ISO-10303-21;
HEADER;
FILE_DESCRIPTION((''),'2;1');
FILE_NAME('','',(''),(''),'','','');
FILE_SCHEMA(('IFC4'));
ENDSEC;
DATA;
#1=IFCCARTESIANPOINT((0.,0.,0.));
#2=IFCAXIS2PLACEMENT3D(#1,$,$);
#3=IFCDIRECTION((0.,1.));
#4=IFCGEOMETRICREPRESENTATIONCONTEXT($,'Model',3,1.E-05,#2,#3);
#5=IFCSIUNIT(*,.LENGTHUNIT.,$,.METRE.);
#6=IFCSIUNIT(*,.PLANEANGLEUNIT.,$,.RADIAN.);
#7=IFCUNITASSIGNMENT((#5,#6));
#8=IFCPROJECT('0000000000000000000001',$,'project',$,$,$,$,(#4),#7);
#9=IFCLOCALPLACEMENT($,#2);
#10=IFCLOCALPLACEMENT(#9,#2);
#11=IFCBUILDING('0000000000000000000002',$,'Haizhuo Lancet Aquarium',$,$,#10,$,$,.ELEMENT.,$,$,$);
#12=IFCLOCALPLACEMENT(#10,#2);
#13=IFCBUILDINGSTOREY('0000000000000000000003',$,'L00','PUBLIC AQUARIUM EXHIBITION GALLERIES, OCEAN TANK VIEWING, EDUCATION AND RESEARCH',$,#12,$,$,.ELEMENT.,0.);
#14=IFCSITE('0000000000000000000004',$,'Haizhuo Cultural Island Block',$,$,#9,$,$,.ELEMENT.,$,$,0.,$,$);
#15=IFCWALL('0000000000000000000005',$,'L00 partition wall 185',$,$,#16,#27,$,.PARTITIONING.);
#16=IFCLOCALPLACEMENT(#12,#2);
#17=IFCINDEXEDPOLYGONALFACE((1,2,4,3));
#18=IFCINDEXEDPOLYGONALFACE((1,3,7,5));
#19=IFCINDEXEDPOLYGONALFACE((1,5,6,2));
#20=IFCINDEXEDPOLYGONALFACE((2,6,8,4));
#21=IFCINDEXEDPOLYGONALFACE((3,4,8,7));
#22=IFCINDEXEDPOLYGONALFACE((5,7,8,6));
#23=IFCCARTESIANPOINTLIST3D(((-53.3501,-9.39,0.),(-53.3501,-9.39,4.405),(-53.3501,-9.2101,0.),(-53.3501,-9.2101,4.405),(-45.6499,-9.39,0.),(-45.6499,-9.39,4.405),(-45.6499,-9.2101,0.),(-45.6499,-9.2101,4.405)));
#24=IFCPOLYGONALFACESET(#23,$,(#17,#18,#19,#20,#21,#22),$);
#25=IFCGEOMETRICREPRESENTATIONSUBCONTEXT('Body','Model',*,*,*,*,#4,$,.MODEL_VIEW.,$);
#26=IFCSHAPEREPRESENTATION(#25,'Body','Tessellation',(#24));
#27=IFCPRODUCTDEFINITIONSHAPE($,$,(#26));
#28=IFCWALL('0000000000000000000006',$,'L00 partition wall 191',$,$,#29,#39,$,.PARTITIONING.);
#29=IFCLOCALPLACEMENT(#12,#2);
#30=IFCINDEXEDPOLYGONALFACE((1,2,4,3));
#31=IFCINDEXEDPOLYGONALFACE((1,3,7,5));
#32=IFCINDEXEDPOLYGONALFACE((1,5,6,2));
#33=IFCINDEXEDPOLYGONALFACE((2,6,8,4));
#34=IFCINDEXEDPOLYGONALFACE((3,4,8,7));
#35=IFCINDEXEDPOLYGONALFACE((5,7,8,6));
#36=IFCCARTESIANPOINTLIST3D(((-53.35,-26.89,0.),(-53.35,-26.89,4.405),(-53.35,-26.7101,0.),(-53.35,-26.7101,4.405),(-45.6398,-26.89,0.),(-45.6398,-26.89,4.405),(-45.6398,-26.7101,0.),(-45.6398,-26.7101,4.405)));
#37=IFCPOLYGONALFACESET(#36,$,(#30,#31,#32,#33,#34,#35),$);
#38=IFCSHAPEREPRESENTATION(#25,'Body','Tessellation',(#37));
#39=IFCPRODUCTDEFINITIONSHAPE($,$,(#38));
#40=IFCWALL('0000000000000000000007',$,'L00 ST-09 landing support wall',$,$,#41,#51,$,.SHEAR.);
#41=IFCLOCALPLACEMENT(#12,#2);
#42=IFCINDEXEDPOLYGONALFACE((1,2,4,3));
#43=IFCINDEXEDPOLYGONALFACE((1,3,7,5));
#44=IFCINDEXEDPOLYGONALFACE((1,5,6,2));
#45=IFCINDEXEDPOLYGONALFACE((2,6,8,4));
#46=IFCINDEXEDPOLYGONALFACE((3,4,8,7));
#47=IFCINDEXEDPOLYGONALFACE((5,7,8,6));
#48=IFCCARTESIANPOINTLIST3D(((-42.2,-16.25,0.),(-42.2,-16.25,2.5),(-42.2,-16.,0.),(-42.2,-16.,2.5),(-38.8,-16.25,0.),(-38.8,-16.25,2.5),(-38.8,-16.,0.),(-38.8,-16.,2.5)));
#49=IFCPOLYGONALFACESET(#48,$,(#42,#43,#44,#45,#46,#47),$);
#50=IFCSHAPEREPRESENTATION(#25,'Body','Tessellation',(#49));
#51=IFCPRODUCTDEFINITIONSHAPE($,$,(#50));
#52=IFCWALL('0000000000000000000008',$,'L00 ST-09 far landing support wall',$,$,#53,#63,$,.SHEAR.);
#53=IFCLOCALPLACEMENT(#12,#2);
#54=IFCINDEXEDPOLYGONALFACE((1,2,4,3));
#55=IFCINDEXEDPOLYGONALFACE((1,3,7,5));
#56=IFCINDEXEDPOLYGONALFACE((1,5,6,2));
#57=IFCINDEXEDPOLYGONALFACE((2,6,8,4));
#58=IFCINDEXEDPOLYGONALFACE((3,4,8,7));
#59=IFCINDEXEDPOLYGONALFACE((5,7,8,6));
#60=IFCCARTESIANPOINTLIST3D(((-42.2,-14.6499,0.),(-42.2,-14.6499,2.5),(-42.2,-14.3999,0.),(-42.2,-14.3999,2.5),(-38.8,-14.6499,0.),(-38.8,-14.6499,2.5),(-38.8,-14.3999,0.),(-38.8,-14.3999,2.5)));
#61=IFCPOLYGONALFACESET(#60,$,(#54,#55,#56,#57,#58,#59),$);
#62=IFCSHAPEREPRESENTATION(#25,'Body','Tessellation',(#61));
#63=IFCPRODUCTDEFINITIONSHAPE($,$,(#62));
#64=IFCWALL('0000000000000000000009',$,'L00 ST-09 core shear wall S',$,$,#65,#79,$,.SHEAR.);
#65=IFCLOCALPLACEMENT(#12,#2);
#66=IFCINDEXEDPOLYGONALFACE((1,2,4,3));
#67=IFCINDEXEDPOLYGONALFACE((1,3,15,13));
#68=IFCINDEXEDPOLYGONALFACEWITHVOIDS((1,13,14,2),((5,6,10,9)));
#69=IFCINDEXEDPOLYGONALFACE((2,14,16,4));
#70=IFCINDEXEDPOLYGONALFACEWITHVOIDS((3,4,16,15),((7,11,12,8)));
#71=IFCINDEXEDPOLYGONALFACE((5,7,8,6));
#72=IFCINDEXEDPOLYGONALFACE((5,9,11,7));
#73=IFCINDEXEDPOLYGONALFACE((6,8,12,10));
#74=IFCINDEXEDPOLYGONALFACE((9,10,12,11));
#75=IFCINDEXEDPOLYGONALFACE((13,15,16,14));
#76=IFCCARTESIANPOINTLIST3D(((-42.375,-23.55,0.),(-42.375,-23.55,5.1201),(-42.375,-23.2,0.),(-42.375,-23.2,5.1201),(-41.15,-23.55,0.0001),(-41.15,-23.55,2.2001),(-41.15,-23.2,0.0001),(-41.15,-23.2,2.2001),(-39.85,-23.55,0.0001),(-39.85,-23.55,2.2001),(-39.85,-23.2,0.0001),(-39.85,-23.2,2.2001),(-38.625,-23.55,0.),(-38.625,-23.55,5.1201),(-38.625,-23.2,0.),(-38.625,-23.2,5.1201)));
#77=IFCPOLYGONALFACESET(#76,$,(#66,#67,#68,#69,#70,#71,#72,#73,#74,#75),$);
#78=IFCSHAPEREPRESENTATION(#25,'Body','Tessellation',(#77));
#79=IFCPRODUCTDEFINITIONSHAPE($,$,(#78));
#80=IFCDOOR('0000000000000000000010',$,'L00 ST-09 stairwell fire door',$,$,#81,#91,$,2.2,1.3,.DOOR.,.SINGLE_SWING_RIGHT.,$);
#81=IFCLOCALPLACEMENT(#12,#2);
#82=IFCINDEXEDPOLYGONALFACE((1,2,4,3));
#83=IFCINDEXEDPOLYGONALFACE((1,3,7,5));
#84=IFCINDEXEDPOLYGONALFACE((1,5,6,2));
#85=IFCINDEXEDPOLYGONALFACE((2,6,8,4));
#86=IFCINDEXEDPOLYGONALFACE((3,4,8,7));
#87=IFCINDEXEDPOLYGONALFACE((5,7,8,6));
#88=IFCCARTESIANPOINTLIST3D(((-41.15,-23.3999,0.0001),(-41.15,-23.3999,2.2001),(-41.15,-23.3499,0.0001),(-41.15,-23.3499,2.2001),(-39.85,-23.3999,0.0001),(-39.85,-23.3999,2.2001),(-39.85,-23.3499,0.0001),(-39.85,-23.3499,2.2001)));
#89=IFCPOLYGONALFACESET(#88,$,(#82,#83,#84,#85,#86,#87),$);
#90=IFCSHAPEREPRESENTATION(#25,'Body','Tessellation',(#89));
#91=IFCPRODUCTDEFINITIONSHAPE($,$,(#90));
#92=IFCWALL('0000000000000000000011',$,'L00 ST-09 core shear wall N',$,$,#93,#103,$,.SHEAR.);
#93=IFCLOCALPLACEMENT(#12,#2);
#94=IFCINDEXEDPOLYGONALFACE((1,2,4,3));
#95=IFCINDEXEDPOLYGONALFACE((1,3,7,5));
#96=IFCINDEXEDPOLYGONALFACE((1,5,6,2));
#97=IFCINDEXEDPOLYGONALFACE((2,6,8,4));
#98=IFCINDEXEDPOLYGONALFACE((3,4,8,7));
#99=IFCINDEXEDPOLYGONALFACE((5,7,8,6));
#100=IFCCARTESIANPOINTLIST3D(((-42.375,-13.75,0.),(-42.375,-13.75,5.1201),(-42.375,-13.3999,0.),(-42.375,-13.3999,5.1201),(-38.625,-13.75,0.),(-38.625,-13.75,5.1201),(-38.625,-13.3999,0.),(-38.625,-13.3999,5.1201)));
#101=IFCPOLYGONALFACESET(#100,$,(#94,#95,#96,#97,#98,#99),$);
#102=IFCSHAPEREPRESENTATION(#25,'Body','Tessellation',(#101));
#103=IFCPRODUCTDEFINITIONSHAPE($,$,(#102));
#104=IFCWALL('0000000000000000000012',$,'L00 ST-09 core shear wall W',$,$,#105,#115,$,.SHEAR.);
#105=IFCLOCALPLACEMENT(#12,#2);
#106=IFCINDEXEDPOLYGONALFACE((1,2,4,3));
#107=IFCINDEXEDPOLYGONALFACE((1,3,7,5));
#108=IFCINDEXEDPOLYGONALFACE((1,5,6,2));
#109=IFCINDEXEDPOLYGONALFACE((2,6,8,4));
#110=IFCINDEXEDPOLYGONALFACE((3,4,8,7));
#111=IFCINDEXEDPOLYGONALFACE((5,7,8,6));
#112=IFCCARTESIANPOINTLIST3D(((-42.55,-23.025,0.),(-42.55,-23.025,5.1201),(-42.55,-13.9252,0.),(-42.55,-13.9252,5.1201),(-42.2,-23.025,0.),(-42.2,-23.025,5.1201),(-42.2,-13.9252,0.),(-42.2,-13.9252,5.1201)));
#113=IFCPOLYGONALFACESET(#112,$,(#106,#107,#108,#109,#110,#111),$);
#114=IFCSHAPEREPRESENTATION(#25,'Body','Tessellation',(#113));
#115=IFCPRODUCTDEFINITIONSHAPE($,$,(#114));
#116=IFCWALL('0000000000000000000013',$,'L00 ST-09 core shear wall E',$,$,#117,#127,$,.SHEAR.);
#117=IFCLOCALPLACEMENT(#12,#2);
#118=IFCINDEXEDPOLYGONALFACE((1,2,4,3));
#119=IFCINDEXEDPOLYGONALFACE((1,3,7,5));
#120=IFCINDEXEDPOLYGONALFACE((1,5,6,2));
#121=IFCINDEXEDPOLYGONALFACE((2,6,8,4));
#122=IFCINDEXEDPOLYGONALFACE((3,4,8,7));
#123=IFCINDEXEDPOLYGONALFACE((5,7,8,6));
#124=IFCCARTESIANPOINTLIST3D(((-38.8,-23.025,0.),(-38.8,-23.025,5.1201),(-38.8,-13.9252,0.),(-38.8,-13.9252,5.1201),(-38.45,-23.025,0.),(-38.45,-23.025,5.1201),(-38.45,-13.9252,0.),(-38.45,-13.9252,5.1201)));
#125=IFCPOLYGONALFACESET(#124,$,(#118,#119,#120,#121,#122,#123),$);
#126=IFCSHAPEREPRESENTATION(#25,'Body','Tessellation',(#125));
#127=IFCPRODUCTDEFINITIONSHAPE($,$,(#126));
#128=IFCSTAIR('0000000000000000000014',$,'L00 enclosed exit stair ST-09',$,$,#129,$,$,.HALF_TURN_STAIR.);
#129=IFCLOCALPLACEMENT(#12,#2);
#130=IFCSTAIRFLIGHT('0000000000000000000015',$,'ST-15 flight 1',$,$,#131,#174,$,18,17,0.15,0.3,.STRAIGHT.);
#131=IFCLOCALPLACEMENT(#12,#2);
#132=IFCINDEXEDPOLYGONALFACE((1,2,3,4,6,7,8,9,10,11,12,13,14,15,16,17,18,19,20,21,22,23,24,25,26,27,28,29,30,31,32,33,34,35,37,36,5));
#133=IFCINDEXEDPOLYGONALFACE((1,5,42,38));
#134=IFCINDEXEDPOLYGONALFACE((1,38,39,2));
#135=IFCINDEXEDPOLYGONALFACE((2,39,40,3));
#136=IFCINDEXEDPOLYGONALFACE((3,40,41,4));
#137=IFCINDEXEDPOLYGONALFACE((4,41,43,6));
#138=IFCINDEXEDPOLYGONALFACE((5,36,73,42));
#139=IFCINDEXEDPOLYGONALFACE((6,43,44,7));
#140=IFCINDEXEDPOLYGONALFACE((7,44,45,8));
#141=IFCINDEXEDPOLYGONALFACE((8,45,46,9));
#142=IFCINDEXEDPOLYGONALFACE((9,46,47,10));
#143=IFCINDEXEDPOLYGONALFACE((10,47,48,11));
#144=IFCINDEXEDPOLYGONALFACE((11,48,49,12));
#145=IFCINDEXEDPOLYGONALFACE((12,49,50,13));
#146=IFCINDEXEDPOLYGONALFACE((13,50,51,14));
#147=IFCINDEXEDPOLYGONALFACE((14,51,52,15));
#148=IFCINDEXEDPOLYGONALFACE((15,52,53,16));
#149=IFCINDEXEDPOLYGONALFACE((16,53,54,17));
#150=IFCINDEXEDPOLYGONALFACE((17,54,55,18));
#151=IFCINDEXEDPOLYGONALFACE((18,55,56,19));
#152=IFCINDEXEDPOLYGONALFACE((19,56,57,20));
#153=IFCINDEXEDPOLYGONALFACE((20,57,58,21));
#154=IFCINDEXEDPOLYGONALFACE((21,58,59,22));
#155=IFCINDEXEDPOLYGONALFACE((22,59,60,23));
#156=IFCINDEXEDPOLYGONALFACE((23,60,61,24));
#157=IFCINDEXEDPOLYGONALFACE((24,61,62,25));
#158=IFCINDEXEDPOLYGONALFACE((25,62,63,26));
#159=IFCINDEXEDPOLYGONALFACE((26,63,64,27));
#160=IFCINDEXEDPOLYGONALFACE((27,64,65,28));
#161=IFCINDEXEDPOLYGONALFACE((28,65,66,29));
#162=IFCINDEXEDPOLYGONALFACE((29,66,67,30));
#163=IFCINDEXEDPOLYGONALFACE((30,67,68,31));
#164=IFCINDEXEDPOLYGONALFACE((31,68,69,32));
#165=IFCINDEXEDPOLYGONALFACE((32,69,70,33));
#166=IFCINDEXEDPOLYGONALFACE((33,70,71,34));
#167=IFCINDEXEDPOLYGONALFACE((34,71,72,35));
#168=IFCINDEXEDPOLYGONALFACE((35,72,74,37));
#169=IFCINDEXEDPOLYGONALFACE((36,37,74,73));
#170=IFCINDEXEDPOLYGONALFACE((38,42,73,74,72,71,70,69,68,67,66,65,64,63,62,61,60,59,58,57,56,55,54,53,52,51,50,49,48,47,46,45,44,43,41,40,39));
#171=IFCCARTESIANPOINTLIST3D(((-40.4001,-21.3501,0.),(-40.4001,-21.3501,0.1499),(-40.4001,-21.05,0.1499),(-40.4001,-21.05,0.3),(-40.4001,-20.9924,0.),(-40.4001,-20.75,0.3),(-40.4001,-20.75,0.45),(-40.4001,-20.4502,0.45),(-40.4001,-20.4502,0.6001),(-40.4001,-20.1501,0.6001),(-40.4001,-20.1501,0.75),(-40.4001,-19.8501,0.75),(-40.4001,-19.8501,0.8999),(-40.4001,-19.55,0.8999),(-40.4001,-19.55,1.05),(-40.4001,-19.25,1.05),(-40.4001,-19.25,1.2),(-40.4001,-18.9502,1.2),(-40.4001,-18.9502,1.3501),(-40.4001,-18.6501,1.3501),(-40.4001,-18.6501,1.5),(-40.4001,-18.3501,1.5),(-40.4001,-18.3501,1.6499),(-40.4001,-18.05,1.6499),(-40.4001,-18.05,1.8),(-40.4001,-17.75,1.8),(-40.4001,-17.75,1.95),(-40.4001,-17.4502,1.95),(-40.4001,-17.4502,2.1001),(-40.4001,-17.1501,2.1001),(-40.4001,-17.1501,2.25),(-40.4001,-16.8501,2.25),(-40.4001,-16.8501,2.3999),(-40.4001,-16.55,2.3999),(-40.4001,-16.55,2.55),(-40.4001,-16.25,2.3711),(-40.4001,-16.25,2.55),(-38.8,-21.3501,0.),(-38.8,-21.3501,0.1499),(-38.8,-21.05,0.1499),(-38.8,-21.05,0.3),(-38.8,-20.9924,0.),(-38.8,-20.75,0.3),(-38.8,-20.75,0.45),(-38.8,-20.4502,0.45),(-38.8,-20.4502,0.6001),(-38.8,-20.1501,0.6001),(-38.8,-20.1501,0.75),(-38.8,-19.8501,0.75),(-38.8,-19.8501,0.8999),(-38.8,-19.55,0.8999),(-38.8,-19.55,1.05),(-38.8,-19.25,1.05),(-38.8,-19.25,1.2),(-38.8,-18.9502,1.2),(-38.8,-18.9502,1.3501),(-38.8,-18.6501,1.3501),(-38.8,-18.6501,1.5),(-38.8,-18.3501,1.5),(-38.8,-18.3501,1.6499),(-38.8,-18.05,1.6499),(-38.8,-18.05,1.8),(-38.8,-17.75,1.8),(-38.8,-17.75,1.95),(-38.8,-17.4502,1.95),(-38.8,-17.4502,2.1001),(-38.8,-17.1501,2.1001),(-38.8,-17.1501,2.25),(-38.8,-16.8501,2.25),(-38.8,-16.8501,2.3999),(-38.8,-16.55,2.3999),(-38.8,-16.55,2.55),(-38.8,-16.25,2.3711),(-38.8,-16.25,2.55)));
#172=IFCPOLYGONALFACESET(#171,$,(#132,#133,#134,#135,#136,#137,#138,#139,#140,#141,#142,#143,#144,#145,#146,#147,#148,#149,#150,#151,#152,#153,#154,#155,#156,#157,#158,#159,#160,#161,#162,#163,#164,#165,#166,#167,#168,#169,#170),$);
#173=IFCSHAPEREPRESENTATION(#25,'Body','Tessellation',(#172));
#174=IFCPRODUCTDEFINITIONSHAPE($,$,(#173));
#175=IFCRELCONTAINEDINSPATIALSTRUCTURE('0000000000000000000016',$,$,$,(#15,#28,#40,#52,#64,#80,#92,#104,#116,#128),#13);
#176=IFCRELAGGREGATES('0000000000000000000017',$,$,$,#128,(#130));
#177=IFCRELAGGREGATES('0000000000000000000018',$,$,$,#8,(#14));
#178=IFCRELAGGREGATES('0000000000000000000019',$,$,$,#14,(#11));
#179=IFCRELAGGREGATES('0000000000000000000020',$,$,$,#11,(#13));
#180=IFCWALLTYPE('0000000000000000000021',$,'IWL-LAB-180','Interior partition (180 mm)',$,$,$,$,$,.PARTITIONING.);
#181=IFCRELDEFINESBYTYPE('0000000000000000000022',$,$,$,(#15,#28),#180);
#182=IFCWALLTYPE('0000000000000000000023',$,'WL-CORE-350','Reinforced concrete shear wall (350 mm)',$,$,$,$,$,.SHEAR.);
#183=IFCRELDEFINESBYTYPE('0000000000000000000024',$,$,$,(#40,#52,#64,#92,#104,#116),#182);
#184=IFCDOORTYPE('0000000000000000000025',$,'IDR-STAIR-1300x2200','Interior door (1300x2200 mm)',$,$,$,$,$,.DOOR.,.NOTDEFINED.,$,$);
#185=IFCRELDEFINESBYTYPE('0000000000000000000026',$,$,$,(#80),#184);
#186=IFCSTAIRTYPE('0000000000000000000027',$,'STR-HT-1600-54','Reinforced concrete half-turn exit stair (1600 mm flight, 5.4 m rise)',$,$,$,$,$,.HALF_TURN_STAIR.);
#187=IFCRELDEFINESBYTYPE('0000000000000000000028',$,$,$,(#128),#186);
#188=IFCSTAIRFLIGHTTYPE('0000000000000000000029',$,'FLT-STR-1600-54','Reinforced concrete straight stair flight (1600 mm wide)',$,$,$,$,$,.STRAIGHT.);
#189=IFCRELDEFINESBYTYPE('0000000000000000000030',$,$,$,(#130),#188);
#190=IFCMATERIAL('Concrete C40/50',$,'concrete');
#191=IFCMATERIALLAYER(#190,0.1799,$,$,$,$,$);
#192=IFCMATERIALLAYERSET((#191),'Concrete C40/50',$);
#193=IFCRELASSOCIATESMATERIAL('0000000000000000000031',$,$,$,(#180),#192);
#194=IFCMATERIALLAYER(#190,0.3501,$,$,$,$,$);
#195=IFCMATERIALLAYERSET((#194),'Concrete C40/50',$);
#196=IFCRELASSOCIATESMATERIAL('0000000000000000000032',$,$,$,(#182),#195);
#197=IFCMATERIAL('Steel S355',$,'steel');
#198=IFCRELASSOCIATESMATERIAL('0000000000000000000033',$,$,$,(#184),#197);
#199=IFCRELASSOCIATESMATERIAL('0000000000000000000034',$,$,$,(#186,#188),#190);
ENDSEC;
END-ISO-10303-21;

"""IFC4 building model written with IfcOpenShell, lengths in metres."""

from ifc_helpers import new_model, si_unit, direction, frame, frame_2d, origin, place, context, subcontext, project, spatial, polyline, rectangle, outline, extrude, material, layer, layer_set, type_object, element, fill, aggregate, save


model = new_model("IFC4")

# Units and contexts
model_context = context("Model", 3, precision=1e-05, world=origin(), true_north=direction((0.0, 1.0)))
body_context = subcontext(model_context, "Body", "Model", "MODEL_VIEW")
ifc_project = project(units=[si_unit("LENGTHUNIT", "METRE"), si_unit("PLANEANGLEUNIT", "RADIAN")], contexts=[model_context])

# Site, building, storey
site_placement = place(None, origin())
site = spatial("IfcSite", under=ifc_project, at=site_placement, Name="Haizhuo Cultural Island Block", CompositionType="ELEMENT", RefElevation=0.0)
building_placement = place(site_placement, origin())
building = spatial("IfcBuilding", under=site, at=building_placement, Name="Haizhuo Lancet Aquarium", CompositionType="ELEMENT")
storey_placement = place(building_placement, origin())
storey = spatial("IfcBuildingStorey", under=building, at=storey_placement, Name="L00", Description="PUBLIC AQUARIUM EXHIBITION GALLERIES, OCEAN TANK VIEWING, EDUCATION AND RESEARCH", CompositionType="ELEMENT", Elevation=0.0)

# Shared definitions
ifc_material_1 = material(Name="Steel S355", Category="steel")

# Walls
ifc_material_2 = material(Name="Concrete C40/50", Category="concrete")
ifc_layer_1 = layer(ifc_material_2, 0.1799)
ifc_layer_set_1 = layer_set([ifc_layer_1], Name="Concrete C40/50")
wall_type_1 = type_object("IfcWallType", Name="IWL-LAB-180", Description="Interior partition (180 mm)", PredefinedType="PARTITIONING", material=ifc_layer_set_1)
wall_1_placement = place(storey_placement, frame((-45.6499, -9.3, 0.0), z_axis=(0.0, 0.0, 1.0), x_axis=(-1.0, 0.0, 0.0)))
element("IfcWall", 1, at=wall_1_placement, inside=storey, type_object=wall_type_1, Name="L00 partition wall 185", PredefinedType="PARTITIONING", context=body_context, shape_type="SweptSolid", body=[
    extrude(rectangle(XDim=7.7002, YDim=0.1799, at=frame_2d((3.8501, 0.0))), origin(), (0.0, 0.0, 1.0), 4.405),
])
wall_2_placement = place(storey_placement, frame((-45.6399, -26.8, 0.0), z_axis=(0.0, 0.0, 1.0), x_axis=(-1.0, 0.0, 0.0)))
element("IfcWall", 2, at=wall_2_placement, inside=storey, type_object=wall_type_1, Name="L00 partition wall 191", PredefinedType="PARTITIONING", context=body_context, shape_type="SweptSolid", body=[
    extrude(rectangle(XDim=7.7102, YDim=0.1799, at=frame_2d((3.855, 0.0))), origin(), (0.0, 0.0, 1.0), 4.405),
])
ifc_layer_2 = layer(ifc_material_2, 0.3501)
ifc_layer_set_2 = layer_set([ifc_layer_2], Name="Concrete C40/50")
wall_type_2 = type_object("IfcWallType", Name="WL-CORE-350", Description="Reinforced concrete shear wall (350 mm)", PredefinedType="SHEAR", material=ifc_layer_set_2)
for number, where, z_axis, x_axis, name in (
    (3, (-42.2, -16.125, 0.0), (0.0, 0.0, 1.0), (1.0, 0.0, 0.0), "L00 ST-09 landing support wall"),
    (4, (-42.2, -14.5249, 0.0), (0.0, 0.0, 1.0), (1.0, 0.0, 0.0), "L00 ST-09 far landing support wall"),
):
    element("IfcWall", number, at=place(storey_placement, frame(where, z_axis=z_axis, x_axis=x_axis)), inside=storey, type_object=wall_type_2, Name=name, PredefinedType="SHEAR", context=body_context, shape_type="SweptSolid", body=[
        extrude(rectangle(XDim=3.3999, YDim=0.25, at=frame_2d((1.7, 0.0))), origin(), (0.0, 0.0, 1.0), 2.5),
    ])

# Wall, opening, door
wall_3_placement = place(storey_placement, frame((-38.625, -23.375, 0.0), z_axis=(0.0, 0.0, 1.0), x_axis=(-1.0, 0.0, 0.0)))
wall_3 = element("IfcWall", 5, at=wall_3_placement, inside=storey, type_object=wall_type_2, Name="L00 ST-09 core shear wall S", PredefinedType="SHEAR", context=body_context, shape_type="SweptSolid", body=[
    extrude(rectangle(XDim=3.75, YDim=0.3501, at=frame_2d((1.875, 0.0))), origin(), (0.0, 0.0, 1.0), 5.1201),
])
opening_1_placement = place(wall_3_placement, frame((1.2251, 0.0, 0.0)))
opening_1 = element("IfcOpeningElement", 6, at=opening_1_placement, cuts=wall_3, PredefinedType="OPENING", context=body_context, shape_type="SweptSolid", body=[
    extrude(rectangle(XDim=1.3, YDim=2.2, at=frame_2d((0.6499, 1.1001))), frame((0.0, 0.1851, 0.0), z_axis=(0.0, -1.0, 0.0), x_axis=(1.0, 0.0, 0.0)), (0.0, 0.0, 1.0), 0.3701),
])
door_type = type_object("IfcDoorType", Name="IDR-STAIR-1300x2200", Description="Interior door (1300x2200 mm)", OperationType="NOTDEFINED", PredefinedType="DOOR", material=ifc_material_1)
door_placement = place(opening_1_placement, origin())
door = element("IfcDoor", 7, at=door_placement, inside=storey, type_object=door_type, Name="L00 ST-09 stairwell fire door", OperationType="SINGLE_SWING_RIGHT", OverallHeight=2.2, OverallWidth=1.3, PredefinedType="DOOR", context=body_context, shape_type="SweptSolid", body=[
    extrude(rectangle(XDim=1.3, YDim=2.2, at=frame_2d((0.6499, 1.1001))), frame((0.0, 0.0249, 0.0), z_axis=(0.0, -1.0, 0.0), x_axis=(1.0, 0.0, 0.0)), (0.0, 0.0, 1.0), 0.05),
])
fill(opening_1, door)

# Walls
wall_4_placement = place(storey_placement, frame((-42.375, -13.575, 0.0), z_axis=(0.0, 0.0, 1.0), x_axis=(1.0, 0.0, 0.0)))
element("IfcWall", 8, at=wall_4_placement, inside=storey, type_object=wall_type_2, Name="L00 ST-09 core shear wall N", PredefinedType="SHEAR", context=body_context, shape_type="SweptSolid", body=[
    extrude(rectangle(XDim=3.75, YDim=0.3501, at=frame_2d((1.875, 0.0))), origin(), (0.0, 0.0, 1.0), 5.1201),
])
for number, where, z_axis, x_axis, name in (
    (9, (-42.375, -23.0249, 0.0), (0.0, 0.0, 1.0), (0.0, 1.0, 0.0), "L00 ST-09 core shear wall W"),
    (10, (-38.625, -23.0249, 0.0), (0.0, 0.0, 1.0), (0.0, 1.0, 0.0), "L00 ST-09 core shear wall E"),
):
    element("IfcWall", number, at=place(storey_placement, frame(where, z_axis=z_axis, x_axis=x_axis)), inside=storey, type_object=wall_type_2, Name=name, PredefinedType="SHEAR", context=body_context, shape_type="SweptSolid", body=[
        extrude(rectangle(XDim=9.0999, YDim=0.3501, at=frame_2d((4.5498, 0.0))), origin(), (0.0, 0.0, 1.0), 5.1201),
    ])

# Stair, stair flight
stair_type = type_object("IfcStairType", Name="STR-HT-1600-54", Description="Reinforced concrete half-turn exit stair (1600 mm flight, 5.4 m rise)", PredefinedType="HALF_TURN_STAIR", material=ifc_material_2)
stair_placement = place(storey_placement, origin())
stair = element("IfcStair", 11, at=stair_placement, inside=storey, type_object=stair_type, Name="L00 enclosed exit stair ST-09", PredefinedType="HALF_TURN_STAIR")
stair_flight_type = type_object("IfcStairFlightType", Name="FLT-STR-1600-54", Description="Reinforced concrete straight stair flight (1600 mm wide)", PredefinedType="STRAIGHT", material=ifc_material_2)
stair_flight_1_placement = place(storey_placement, frame((-39.6001, -21.3501, 0.0), z_axis=(0.0, 0.0, 1.0), x_axis=(0.0, 1.0, 0.0)))
stair_flight_1 = element("IfcStairFlight", 12, at=stair_flight_1_placement, type_object=stair_flight_type, Name="ST-15 flight 1", NumberOfRisers=18, NumberOfTreads=17, PredefinedType="STRAIGHT", RiserHeight=0.15, TreadLength=0.3, context=body_context, shape_type="SweptSolid", body=[
    extrude(outline(polyline([(0.0, 0.0), (0.0, 0.1499), (0.3, 0.1499), (0.3, 0.3), (0.6001, 0.3), (0.6001, 0.45), (0.8999, 0.45), (0.8999, 0.6001), (1.2, 0.6001), (1.2, 0.75), (1.5, 0.75), (1.5, 0.8999), (1.8, 0.8999), (1.8, 1.05), (2.1001, 1.05), (2.1001, 1.2), (2.3999, 1.2), (2.3999, 1.3501), (2.7, 1.3501), (2.7, 1.5), (3.0, 1.5), (3.0, 1.6499), (3.3, 1.6499), (3.3, 1.8), (3.6001, 1.8), (3.6001, 1.95), (3.8999, 1.95), (3.8999, 2.1001), (4.2, 2.1001), (4.2, 2.25), (4.5, 2.25), (4.5, 2.3999), (4.8, 2.3999), (4.8, 2.55), (5.1001, 2.55), (5.1001, 2.7), (5.1001, 2.3711), (0.3577, 0.0), (0.0, 0.0)])), frame((0.0, 0.8, 0.0), z_axis=(0.0, -1.0, 0.0), x_axis=(1.0, 0.0, 0.0)), (0.0, 0.0, 1.0), 1.6001),
])
aggregate(stair, [stair_flight_1])

save(model, "model.ifc")
